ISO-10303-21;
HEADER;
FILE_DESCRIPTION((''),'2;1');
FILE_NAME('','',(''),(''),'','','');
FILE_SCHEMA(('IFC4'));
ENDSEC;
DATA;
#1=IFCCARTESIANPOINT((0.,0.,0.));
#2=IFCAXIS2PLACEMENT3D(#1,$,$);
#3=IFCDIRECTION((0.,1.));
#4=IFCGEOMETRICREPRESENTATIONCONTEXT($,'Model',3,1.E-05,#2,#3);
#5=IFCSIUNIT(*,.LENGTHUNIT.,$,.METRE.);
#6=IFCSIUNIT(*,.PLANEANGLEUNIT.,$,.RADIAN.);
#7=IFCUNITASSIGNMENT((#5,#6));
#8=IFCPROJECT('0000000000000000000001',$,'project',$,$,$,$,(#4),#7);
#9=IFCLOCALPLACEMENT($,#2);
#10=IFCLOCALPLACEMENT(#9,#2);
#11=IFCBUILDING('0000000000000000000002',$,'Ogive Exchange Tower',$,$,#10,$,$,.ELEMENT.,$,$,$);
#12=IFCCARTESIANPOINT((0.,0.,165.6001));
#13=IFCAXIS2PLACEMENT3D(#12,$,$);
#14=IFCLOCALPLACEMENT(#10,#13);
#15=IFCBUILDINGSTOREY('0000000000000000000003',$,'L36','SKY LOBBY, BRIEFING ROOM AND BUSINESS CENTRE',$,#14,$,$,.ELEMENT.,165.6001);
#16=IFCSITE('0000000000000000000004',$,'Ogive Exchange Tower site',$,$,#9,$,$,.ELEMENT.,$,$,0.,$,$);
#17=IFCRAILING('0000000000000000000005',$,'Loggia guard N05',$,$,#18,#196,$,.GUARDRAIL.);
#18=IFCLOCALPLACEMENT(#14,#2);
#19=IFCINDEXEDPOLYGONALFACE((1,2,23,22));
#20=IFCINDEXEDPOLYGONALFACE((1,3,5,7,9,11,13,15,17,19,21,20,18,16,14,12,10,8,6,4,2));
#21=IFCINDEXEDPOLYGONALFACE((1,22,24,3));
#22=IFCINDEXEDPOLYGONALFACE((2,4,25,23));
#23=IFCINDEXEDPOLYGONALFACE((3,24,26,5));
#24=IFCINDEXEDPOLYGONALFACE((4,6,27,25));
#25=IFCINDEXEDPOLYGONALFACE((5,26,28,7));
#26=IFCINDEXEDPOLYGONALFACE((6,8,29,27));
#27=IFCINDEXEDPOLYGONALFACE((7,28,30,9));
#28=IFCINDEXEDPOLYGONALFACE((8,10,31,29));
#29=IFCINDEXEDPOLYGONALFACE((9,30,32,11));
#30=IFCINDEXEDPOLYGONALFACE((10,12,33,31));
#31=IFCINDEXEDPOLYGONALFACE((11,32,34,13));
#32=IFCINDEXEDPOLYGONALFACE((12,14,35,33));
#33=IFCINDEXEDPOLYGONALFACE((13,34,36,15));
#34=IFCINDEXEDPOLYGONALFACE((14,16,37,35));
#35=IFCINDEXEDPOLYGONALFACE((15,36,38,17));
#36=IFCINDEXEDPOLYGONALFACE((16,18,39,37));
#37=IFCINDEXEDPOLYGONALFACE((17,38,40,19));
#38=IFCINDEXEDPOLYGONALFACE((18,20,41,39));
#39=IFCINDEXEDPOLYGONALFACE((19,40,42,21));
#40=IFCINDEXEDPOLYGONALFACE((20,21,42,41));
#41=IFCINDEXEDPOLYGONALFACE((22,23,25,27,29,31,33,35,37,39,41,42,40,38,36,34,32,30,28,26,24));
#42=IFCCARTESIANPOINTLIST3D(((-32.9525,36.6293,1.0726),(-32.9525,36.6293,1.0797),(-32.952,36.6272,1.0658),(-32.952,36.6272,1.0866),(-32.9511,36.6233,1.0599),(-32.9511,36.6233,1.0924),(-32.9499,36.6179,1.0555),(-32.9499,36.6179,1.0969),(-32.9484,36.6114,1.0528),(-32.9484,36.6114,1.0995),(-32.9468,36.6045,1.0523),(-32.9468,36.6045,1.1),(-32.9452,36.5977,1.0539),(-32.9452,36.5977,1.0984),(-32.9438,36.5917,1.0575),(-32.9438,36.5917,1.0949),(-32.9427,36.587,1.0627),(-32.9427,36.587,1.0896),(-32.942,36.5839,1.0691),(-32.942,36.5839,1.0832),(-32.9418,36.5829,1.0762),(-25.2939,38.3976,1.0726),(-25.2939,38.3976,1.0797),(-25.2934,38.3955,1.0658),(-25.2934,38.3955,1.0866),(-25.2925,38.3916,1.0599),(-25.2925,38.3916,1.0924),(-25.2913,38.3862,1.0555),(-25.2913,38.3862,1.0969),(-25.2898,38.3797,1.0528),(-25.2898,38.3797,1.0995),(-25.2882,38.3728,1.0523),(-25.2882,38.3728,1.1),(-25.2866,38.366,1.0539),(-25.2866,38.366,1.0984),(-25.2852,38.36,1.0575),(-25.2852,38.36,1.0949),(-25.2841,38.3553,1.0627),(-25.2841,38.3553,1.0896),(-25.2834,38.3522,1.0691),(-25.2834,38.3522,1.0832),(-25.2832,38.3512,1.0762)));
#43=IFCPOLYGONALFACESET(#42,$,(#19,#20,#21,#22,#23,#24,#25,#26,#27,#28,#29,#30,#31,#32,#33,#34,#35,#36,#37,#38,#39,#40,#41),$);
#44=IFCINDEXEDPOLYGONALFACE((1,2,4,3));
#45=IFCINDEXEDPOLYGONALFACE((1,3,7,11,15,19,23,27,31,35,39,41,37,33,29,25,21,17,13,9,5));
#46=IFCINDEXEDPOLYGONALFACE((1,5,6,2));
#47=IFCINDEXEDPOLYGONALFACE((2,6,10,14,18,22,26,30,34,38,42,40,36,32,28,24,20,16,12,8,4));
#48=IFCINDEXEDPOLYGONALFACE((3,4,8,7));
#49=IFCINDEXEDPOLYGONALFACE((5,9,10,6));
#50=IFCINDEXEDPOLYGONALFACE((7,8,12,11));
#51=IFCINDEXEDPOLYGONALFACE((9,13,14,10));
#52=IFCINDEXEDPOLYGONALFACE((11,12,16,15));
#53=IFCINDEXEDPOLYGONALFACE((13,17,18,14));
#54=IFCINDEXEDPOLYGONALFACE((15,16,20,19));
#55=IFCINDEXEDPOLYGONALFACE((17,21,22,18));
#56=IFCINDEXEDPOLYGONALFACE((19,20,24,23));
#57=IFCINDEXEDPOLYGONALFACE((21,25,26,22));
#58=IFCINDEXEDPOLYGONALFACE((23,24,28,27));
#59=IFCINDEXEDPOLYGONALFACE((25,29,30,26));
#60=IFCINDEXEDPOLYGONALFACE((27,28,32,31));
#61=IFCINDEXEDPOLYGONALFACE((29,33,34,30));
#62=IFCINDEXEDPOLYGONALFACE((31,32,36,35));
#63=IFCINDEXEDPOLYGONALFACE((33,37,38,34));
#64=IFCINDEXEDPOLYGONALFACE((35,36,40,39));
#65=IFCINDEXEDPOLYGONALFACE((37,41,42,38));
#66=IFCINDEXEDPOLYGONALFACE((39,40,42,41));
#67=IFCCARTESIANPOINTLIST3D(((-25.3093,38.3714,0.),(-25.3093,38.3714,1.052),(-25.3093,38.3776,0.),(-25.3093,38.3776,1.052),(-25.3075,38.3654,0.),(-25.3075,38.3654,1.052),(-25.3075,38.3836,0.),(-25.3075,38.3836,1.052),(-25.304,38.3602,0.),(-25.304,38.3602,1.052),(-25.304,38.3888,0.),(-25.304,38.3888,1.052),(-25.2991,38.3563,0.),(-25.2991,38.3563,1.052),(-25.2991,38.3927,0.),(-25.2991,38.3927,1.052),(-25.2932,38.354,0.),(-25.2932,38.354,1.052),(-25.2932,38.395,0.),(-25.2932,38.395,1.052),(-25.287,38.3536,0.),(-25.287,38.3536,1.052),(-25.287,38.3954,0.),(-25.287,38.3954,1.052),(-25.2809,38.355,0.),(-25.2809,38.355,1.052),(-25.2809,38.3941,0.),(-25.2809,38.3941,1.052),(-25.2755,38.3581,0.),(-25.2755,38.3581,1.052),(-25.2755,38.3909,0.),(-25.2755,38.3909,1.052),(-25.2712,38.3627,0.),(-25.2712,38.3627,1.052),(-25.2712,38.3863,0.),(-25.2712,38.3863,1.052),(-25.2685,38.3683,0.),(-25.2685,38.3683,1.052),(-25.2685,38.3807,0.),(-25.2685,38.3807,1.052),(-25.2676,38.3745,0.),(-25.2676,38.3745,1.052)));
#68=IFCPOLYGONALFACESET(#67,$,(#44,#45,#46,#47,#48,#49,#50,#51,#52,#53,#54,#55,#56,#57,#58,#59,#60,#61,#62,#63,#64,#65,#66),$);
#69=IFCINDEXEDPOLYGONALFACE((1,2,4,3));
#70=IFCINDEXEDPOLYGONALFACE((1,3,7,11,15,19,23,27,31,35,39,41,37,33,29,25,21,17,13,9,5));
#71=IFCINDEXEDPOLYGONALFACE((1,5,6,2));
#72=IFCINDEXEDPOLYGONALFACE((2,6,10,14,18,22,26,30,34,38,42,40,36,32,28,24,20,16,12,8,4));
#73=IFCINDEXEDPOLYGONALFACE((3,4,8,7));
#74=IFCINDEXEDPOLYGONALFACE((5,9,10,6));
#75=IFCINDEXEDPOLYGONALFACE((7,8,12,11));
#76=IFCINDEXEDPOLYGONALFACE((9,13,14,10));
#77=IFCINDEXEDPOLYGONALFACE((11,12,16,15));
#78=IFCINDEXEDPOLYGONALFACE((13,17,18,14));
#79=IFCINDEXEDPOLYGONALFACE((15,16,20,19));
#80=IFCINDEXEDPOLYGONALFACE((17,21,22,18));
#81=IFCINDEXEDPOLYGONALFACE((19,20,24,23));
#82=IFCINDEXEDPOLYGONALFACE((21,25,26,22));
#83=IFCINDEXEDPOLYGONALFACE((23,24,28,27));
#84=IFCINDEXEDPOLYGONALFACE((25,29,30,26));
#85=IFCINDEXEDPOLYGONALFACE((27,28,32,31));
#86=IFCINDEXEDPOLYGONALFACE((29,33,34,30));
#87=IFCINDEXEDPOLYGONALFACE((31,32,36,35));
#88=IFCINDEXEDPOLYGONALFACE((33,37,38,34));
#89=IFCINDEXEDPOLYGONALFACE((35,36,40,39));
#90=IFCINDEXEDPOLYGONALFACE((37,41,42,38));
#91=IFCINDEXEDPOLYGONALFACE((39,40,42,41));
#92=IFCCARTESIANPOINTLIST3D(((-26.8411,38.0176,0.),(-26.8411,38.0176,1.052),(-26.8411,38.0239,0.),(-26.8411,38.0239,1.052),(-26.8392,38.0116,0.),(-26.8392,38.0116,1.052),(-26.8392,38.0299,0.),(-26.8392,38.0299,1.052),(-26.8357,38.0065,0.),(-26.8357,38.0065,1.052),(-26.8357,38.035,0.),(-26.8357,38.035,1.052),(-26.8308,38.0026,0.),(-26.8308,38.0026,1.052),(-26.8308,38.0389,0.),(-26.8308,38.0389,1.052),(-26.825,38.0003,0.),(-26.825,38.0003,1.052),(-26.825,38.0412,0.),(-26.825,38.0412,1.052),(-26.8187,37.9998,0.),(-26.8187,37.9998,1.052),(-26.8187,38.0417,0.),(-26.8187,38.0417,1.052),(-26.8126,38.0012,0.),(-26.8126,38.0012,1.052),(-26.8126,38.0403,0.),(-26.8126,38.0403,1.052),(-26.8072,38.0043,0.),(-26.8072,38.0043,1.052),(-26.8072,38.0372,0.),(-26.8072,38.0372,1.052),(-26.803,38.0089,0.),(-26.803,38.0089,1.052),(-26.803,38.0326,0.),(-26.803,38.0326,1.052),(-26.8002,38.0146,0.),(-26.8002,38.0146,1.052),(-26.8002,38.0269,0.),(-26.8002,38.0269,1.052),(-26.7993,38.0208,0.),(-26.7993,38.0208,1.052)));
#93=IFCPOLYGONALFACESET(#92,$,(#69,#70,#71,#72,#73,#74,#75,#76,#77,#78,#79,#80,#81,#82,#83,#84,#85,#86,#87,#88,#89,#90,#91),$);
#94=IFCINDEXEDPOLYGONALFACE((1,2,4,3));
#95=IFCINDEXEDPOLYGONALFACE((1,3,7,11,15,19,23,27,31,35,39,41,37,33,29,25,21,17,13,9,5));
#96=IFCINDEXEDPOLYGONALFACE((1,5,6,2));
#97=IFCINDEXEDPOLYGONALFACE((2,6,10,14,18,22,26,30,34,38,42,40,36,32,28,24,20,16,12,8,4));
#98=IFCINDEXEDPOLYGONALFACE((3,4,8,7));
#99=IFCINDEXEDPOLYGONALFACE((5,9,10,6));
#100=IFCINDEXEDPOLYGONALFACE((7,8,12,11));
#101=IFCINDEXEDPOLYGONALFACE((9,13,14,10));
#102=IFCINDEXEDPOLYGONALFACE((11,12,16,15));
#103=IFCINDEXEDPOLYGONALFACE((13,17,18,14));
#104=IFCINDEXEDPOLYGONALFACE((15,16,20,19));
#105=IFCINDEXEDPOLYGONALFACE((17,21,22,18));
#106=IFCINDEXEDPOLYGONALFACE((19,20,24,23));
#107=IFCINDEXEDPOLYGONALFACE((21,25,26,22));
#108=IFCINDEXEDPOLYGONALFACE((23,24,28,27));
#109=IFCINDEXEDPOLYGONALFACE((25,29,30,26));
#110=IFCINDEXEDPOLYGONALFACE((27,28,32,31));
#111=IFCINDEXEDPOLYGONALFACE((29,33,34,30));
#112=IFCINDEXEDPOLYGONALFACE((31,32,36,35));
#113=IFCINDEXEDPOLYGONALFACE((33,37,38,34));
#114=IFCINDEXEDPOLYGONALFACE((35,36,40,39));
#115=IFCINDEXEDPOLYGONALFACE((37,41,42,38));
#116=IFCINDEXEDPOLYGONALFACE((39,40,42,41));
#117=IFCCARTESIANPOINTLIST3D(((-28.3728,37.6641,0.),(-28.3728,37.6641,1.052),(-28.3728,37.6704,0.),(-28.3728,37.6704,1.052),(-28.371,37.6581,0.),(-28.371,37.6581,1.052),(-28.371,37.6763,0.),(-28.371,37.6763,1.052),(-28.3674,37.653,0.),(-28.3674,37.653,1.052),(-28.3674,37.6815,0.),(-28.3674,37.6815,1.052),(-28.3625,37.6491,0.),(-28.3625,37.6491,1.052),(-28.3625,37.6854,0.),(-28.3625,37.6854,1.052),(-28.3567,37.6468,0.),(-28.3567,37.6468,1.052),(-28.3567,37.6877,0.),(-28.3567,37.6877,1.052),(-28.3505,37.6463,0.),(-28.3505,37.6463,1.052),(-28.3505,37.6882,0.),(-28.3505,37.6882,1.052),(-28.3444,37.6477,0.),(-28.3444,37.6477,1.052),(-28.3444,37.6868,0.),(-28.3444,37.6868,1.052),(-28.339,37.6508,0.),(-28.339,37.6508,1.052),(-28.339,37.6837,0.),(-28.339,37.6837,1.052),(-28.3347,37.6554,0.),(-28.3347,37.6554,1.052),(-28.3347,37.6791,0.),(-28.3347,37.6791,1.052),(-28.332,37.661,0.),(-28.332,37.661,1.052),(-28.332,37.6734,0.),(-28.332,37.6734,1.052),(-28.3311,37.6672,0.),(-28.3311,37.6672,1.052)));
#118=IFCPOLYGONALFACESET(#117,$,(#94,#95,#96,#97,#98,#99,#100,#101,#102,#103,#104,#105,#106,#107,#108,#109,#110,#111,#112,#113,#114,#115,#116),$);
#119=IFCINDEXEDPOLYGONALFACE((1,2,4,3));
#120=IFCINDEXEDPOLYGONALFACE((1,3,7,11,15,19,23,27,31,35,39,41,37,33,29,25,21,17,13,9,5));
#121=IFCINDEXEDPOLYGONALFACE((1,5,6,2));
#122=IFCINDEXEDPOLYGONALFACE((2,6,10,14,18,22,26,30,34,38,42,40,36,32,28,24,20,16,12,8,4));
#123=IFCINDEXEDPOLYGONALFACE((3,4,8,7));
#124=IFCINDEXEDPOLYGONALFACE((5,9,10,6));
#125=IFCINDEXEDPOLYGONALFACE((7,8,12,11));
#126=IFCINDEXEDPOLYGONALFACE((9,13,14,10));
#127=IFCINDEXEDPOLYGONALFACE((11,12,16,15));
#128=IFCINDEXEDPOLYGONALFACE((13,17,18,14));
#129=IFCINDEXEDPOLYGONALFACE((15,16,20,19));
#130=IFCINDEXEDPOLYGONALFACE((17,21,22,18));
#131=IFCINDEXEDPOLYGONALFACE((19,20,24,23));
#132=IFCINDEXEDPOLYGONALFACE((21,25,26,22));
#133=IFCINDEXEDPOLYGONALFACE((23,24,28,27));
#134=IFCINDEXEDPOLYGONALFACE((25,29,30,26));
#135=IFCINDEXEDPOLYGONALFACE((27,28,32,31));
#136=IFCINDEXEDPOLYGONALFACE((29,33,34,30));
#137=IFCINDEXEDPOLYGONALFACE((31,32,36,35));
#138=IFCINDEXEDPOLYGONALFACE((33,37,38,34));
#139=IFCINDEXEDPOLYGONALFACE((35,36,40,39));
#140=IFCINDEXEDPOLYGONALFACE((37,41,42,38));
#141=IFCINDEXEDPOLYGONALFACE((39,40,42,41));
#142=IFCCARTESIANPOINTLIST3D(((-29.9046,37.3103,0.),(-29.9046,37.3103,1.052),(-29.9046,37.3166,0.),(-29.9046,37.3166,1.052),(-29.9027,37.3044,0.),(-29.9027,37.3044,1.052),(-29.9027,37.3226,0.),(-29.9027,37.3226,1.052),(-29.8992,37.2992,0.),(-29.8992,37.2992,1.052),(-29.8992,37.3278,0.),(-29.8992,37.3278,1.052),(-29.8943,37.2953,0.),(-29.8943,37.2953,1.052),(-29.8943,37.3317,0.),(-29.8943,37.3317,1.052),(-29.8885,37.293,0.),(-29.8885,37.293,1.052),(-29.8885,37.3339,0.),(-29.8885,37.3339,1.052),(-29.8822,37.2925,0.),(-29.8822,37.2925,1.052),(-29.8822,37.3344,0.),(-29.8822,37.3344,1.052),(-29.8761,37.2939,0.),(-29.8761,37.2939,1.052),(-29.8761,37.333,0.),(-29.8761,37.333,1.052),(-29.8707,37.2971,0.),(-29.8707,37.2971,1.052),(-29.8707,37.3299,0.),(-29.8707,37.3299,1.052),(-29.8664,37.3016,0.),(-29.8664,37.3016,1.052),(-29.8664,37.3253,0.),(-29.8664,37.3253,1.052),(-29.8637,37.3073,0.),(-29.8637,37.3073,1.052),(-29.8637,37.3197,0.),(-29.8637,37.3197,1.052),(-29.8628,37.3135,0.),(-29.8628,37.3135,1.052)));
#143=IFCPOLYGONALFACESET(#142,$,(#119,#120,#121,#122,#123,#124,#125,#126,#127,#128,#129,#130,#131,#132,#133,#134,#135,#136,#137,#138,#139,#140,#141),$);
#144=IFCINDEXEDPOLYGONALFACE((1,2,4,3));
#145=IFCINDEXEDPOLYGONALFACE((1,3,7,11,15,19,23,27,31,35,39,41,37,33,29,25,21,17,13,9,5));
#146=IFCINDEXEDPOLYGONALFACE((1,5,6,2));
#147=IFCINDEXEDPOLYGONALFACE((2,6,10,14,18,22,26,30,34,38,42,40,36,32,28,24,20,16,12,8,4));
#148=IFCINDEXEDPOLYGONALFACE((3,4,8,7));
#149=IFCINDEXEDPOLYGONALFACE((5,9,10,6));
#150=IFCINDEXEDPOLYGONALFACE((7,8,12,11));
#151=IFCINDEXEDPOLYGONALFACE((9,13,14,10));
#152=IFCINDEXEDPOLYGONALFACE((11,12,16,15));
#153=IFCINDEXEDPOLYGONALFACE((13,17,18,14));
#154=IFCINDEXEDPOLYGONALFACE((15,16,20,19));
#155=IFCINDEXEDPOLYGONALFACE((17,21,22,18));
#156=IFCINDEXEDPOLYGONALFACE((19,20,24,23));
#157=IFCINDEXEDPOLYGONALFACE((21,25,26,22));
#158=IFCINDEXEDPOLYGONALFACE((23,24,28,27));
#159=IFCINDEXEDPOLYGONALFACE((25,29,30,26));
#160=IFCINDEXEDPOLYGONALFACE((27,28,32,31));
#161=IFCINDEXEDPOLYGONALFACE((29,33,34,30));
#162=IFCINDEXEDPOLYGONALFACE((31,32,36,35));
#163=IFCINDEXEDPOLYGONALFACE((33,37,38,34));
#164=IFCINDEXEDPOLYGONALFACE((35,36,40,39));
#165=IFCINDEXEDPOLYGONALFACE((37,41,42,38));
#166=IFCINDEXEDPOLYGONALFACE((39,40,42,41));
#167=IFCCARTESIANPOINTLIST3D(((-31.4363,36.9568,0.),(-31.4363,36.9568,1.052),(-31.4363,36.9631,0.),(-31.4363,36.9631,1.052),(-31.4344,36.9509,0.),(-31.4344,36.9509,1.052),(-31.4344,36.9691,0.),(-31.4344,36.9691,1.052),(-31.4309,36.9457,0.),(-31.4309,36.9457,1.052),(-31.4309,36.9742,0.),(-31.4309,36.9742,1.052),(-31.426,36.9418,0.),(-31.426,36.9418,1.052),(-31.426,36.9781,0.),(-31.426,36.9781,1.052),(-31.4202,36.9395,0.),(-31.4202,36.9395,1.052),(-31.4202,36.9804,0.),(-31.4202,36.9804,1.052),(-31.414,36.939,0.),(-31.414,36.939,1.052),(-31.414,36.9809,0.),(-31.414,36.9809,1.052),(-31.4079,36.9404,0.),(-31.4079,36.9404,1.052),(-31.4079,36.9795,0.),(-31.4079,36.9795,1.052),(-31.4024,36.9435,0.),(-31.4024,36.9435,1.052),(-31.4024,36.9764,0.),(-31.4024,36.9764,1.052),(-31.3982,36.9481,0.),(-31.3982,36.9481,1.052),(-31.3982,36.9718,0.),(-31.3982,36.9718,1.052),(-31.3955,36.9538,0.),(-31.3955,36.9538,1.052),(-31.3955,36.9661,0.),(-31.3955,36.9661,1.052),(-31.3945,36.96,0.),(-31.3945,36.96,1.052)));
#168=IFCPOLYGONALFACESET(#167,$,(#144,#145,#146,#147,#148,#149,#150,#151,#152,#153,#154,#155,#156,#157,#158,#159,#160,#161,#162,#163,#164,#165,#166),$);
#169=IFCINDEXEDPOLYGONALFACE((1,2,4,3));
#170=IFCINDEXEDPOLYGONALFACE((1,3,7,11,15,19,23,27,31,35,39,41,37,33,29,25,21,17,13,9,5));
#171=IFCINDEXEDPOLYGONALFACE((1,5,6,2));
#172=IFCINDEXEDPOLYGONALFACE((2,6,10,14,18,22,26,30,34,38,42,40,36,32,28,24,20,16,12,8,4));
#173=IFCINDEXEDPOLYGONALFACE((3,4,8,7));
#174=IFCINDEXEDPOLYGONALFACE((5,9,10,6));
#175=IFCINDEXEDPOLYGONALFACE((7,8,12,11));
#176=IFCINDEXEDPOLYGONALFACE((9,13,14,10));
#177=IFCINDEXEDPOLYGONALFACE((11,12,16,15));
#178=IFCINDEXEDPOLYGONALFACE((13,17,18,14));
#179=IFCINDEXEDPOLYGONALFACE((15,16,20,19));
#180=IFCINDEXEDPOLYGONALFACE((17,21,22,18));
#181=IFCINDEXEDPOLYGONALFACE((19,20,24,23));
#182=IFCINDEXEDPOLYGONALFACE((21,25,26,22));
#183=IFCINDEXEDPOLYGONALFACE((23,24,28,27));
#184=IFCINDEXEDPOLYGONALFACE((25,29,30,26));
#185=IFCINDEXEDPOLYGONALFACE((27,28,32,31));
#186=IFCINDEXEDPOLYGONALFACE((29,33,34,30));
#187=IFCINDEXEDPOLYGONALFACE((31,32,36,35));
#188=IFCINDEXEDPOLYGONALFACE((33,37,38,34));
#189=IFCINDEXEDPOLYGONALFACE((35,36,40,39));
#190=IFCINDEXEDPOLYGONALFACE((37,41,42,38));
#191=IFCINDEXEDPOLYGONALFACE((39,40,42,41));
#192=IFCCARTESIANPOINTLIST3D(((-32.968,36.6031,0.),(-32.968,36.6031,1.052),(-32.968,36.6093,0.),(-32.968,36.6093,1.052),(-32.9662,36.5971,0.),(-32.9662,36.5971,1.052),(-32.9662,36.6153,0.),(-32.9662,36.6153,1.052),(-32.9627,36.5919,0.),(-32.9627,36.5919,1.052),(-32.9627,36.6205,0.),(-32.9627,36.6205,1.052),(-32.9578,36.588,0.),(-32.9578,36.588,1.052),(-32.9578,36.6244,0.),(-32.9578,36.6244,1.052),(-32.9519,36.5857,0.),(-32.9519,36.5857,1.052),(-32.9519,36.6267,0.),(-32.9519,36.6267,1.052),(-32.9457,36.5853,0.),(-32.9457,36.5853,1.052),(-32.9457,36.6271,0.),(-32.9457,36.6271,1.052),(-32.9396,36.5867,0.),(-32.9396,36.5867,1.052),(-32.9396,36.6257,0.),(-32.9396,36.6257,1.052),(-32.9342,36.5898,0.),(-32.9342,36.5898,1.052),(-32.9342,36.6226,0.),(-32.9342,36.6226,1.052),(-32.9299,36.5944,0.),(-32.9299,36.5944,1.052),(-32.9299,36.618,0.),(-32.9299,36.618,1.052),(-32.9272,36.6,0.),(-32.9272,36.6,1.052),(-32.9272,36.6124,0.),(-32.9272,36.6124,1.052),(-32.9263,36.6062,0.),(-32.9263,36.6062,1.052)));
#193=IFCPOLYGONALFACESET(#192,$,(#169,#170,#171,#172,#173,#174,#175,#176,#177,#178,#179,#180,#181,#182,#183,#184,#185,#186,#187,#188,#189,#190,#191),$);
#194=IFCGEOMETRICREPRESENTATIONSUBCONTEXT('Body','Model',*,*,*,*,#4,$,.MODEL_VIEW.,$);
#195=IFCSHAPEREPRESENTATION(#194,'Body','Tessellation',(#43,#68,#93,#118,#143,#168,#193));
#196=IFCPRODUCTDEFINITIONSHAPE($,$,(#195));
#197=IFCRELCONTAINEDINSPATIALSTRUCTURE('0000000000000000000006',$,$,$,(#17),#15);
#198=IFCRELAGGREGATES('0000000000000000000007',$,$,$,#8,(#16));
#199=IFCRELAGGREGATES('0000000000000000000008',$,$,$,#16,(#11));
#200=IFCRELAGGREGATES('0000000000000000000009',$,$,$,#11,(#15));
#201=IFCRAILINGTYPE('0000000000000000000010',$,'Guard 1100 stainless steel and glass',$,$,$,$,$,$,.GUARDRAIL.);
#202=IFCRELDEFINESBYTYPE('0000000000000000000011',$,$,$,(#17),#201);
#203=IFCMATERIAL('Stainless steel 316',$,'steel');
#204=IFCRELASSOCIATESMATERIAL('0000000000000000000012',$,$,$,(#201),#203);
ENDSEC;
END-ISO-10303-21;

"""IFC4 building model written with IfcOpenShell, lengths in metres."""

from ifc_helpers import new_model, si_unit, direction, frame, origin, origin_2d, place, context, subcontext, project, spatial, circle, extrude, material, type_object, element, save


model = new_model("IFC4")

# Units and contexts
model_context = context("Model", 3, precision=1e-05, world=origin(), true_north=direction((0.0, 1.0)))
body_context = subcontext(model_context, "Body", "Model", "MODEL_VIEW")
ifc_project = project(units=[si_unit("LENGTHUNIT", "METRE"), si_unit("PLANEANGLEUNIT", "RADIAN")], contexts=[model_context])

# Site, building, storey
site_placement = place(None, origin())
site = spatial("IfcSite", under=ifc_project, at=site_placement, Name="Ogive Exchange Tower site", CompositionType="ELEMENT", RefElevation=0.0)
building_placement = place(site_placement, origin())
building = spatial("IfcBuilding", under=site, at=building_placement, Name="Ogive Exchange Tower", CompositionType="ELEMENT")
storey_placement = place(building_placement, frame((0.0, 0.0, 165.6001)))
storey = spatial("IfcBuildingStorey", under=building, at=storey_placement, Name="L36", Description="SKY LOBBY, BRIEFING ROOM AND BUSINESS CENTRE", CompositionType="ELEMENT", Elevation=165.6001)

# Railing
ifc_material_1 = material(Name="Stainless steel 316", Category="steel")
railing_type_1 = type_object("IfcRailingType", Name="Guard 1100 stainless steel and glass", PredefinedType="GUARDRAIL", material=ifc_material_1)
railing_1_placement = place(storey_placement, frame((-25.2886, 38.3745, 0.0)))
element("IfcRailing", 1, at=railing_1_placement, inside=storey, type_object=railing_type_1, Name="Loggia guard N05", PredefinedType="GUARDRAIL", context=body_context, shape_type="SweptSolid", body=[
    extrude(circle(Radius=0.0239, at=origin_2d()), frame((0.0, 0.0, 1.0762), z_axis=(-0.974366, -0.224971, 0.0), x_axis=(0.224971, -0.974366, 0.0)), (0.0, 0.0, 1.0), 7.8601),
    extrude(circle(Radius=0.021, at=origin_2d()), origin(), (0.0, 0.0, 1.0), 1.052),
    extrude(circle(Radius=0.021, at=origin_2d()), frame((-1.5317, -0.3538, 0.0)), (0.0, 0.0, 1.0), 1.052),
    extrude(circle(Radius=0.021, at=origin_2d()), frame((-3.0635, -0.7073, 0.0)), (0.0, 0.0, 1.0), 1.052),
    extrude(circle(Radius=0.021, at=origin_2d()), frame((-4.5952, -1.061, 0.0)), (0.0, 0.0, 1.0), 1.052),
    extrude(circle(Radius=0.021, at=origin_2d()), frame((-6.127, -1.4146, 0.0)), (0.0, 0.0, 1.0), 1.052),
    extrude(circle(Radius=0.021, at=origin_2d()), frame((-7.6587, -1.7683, 0.0)), (0.0, 0.0, 1.0), 1.052),
])

save(model, "model.ifc")
